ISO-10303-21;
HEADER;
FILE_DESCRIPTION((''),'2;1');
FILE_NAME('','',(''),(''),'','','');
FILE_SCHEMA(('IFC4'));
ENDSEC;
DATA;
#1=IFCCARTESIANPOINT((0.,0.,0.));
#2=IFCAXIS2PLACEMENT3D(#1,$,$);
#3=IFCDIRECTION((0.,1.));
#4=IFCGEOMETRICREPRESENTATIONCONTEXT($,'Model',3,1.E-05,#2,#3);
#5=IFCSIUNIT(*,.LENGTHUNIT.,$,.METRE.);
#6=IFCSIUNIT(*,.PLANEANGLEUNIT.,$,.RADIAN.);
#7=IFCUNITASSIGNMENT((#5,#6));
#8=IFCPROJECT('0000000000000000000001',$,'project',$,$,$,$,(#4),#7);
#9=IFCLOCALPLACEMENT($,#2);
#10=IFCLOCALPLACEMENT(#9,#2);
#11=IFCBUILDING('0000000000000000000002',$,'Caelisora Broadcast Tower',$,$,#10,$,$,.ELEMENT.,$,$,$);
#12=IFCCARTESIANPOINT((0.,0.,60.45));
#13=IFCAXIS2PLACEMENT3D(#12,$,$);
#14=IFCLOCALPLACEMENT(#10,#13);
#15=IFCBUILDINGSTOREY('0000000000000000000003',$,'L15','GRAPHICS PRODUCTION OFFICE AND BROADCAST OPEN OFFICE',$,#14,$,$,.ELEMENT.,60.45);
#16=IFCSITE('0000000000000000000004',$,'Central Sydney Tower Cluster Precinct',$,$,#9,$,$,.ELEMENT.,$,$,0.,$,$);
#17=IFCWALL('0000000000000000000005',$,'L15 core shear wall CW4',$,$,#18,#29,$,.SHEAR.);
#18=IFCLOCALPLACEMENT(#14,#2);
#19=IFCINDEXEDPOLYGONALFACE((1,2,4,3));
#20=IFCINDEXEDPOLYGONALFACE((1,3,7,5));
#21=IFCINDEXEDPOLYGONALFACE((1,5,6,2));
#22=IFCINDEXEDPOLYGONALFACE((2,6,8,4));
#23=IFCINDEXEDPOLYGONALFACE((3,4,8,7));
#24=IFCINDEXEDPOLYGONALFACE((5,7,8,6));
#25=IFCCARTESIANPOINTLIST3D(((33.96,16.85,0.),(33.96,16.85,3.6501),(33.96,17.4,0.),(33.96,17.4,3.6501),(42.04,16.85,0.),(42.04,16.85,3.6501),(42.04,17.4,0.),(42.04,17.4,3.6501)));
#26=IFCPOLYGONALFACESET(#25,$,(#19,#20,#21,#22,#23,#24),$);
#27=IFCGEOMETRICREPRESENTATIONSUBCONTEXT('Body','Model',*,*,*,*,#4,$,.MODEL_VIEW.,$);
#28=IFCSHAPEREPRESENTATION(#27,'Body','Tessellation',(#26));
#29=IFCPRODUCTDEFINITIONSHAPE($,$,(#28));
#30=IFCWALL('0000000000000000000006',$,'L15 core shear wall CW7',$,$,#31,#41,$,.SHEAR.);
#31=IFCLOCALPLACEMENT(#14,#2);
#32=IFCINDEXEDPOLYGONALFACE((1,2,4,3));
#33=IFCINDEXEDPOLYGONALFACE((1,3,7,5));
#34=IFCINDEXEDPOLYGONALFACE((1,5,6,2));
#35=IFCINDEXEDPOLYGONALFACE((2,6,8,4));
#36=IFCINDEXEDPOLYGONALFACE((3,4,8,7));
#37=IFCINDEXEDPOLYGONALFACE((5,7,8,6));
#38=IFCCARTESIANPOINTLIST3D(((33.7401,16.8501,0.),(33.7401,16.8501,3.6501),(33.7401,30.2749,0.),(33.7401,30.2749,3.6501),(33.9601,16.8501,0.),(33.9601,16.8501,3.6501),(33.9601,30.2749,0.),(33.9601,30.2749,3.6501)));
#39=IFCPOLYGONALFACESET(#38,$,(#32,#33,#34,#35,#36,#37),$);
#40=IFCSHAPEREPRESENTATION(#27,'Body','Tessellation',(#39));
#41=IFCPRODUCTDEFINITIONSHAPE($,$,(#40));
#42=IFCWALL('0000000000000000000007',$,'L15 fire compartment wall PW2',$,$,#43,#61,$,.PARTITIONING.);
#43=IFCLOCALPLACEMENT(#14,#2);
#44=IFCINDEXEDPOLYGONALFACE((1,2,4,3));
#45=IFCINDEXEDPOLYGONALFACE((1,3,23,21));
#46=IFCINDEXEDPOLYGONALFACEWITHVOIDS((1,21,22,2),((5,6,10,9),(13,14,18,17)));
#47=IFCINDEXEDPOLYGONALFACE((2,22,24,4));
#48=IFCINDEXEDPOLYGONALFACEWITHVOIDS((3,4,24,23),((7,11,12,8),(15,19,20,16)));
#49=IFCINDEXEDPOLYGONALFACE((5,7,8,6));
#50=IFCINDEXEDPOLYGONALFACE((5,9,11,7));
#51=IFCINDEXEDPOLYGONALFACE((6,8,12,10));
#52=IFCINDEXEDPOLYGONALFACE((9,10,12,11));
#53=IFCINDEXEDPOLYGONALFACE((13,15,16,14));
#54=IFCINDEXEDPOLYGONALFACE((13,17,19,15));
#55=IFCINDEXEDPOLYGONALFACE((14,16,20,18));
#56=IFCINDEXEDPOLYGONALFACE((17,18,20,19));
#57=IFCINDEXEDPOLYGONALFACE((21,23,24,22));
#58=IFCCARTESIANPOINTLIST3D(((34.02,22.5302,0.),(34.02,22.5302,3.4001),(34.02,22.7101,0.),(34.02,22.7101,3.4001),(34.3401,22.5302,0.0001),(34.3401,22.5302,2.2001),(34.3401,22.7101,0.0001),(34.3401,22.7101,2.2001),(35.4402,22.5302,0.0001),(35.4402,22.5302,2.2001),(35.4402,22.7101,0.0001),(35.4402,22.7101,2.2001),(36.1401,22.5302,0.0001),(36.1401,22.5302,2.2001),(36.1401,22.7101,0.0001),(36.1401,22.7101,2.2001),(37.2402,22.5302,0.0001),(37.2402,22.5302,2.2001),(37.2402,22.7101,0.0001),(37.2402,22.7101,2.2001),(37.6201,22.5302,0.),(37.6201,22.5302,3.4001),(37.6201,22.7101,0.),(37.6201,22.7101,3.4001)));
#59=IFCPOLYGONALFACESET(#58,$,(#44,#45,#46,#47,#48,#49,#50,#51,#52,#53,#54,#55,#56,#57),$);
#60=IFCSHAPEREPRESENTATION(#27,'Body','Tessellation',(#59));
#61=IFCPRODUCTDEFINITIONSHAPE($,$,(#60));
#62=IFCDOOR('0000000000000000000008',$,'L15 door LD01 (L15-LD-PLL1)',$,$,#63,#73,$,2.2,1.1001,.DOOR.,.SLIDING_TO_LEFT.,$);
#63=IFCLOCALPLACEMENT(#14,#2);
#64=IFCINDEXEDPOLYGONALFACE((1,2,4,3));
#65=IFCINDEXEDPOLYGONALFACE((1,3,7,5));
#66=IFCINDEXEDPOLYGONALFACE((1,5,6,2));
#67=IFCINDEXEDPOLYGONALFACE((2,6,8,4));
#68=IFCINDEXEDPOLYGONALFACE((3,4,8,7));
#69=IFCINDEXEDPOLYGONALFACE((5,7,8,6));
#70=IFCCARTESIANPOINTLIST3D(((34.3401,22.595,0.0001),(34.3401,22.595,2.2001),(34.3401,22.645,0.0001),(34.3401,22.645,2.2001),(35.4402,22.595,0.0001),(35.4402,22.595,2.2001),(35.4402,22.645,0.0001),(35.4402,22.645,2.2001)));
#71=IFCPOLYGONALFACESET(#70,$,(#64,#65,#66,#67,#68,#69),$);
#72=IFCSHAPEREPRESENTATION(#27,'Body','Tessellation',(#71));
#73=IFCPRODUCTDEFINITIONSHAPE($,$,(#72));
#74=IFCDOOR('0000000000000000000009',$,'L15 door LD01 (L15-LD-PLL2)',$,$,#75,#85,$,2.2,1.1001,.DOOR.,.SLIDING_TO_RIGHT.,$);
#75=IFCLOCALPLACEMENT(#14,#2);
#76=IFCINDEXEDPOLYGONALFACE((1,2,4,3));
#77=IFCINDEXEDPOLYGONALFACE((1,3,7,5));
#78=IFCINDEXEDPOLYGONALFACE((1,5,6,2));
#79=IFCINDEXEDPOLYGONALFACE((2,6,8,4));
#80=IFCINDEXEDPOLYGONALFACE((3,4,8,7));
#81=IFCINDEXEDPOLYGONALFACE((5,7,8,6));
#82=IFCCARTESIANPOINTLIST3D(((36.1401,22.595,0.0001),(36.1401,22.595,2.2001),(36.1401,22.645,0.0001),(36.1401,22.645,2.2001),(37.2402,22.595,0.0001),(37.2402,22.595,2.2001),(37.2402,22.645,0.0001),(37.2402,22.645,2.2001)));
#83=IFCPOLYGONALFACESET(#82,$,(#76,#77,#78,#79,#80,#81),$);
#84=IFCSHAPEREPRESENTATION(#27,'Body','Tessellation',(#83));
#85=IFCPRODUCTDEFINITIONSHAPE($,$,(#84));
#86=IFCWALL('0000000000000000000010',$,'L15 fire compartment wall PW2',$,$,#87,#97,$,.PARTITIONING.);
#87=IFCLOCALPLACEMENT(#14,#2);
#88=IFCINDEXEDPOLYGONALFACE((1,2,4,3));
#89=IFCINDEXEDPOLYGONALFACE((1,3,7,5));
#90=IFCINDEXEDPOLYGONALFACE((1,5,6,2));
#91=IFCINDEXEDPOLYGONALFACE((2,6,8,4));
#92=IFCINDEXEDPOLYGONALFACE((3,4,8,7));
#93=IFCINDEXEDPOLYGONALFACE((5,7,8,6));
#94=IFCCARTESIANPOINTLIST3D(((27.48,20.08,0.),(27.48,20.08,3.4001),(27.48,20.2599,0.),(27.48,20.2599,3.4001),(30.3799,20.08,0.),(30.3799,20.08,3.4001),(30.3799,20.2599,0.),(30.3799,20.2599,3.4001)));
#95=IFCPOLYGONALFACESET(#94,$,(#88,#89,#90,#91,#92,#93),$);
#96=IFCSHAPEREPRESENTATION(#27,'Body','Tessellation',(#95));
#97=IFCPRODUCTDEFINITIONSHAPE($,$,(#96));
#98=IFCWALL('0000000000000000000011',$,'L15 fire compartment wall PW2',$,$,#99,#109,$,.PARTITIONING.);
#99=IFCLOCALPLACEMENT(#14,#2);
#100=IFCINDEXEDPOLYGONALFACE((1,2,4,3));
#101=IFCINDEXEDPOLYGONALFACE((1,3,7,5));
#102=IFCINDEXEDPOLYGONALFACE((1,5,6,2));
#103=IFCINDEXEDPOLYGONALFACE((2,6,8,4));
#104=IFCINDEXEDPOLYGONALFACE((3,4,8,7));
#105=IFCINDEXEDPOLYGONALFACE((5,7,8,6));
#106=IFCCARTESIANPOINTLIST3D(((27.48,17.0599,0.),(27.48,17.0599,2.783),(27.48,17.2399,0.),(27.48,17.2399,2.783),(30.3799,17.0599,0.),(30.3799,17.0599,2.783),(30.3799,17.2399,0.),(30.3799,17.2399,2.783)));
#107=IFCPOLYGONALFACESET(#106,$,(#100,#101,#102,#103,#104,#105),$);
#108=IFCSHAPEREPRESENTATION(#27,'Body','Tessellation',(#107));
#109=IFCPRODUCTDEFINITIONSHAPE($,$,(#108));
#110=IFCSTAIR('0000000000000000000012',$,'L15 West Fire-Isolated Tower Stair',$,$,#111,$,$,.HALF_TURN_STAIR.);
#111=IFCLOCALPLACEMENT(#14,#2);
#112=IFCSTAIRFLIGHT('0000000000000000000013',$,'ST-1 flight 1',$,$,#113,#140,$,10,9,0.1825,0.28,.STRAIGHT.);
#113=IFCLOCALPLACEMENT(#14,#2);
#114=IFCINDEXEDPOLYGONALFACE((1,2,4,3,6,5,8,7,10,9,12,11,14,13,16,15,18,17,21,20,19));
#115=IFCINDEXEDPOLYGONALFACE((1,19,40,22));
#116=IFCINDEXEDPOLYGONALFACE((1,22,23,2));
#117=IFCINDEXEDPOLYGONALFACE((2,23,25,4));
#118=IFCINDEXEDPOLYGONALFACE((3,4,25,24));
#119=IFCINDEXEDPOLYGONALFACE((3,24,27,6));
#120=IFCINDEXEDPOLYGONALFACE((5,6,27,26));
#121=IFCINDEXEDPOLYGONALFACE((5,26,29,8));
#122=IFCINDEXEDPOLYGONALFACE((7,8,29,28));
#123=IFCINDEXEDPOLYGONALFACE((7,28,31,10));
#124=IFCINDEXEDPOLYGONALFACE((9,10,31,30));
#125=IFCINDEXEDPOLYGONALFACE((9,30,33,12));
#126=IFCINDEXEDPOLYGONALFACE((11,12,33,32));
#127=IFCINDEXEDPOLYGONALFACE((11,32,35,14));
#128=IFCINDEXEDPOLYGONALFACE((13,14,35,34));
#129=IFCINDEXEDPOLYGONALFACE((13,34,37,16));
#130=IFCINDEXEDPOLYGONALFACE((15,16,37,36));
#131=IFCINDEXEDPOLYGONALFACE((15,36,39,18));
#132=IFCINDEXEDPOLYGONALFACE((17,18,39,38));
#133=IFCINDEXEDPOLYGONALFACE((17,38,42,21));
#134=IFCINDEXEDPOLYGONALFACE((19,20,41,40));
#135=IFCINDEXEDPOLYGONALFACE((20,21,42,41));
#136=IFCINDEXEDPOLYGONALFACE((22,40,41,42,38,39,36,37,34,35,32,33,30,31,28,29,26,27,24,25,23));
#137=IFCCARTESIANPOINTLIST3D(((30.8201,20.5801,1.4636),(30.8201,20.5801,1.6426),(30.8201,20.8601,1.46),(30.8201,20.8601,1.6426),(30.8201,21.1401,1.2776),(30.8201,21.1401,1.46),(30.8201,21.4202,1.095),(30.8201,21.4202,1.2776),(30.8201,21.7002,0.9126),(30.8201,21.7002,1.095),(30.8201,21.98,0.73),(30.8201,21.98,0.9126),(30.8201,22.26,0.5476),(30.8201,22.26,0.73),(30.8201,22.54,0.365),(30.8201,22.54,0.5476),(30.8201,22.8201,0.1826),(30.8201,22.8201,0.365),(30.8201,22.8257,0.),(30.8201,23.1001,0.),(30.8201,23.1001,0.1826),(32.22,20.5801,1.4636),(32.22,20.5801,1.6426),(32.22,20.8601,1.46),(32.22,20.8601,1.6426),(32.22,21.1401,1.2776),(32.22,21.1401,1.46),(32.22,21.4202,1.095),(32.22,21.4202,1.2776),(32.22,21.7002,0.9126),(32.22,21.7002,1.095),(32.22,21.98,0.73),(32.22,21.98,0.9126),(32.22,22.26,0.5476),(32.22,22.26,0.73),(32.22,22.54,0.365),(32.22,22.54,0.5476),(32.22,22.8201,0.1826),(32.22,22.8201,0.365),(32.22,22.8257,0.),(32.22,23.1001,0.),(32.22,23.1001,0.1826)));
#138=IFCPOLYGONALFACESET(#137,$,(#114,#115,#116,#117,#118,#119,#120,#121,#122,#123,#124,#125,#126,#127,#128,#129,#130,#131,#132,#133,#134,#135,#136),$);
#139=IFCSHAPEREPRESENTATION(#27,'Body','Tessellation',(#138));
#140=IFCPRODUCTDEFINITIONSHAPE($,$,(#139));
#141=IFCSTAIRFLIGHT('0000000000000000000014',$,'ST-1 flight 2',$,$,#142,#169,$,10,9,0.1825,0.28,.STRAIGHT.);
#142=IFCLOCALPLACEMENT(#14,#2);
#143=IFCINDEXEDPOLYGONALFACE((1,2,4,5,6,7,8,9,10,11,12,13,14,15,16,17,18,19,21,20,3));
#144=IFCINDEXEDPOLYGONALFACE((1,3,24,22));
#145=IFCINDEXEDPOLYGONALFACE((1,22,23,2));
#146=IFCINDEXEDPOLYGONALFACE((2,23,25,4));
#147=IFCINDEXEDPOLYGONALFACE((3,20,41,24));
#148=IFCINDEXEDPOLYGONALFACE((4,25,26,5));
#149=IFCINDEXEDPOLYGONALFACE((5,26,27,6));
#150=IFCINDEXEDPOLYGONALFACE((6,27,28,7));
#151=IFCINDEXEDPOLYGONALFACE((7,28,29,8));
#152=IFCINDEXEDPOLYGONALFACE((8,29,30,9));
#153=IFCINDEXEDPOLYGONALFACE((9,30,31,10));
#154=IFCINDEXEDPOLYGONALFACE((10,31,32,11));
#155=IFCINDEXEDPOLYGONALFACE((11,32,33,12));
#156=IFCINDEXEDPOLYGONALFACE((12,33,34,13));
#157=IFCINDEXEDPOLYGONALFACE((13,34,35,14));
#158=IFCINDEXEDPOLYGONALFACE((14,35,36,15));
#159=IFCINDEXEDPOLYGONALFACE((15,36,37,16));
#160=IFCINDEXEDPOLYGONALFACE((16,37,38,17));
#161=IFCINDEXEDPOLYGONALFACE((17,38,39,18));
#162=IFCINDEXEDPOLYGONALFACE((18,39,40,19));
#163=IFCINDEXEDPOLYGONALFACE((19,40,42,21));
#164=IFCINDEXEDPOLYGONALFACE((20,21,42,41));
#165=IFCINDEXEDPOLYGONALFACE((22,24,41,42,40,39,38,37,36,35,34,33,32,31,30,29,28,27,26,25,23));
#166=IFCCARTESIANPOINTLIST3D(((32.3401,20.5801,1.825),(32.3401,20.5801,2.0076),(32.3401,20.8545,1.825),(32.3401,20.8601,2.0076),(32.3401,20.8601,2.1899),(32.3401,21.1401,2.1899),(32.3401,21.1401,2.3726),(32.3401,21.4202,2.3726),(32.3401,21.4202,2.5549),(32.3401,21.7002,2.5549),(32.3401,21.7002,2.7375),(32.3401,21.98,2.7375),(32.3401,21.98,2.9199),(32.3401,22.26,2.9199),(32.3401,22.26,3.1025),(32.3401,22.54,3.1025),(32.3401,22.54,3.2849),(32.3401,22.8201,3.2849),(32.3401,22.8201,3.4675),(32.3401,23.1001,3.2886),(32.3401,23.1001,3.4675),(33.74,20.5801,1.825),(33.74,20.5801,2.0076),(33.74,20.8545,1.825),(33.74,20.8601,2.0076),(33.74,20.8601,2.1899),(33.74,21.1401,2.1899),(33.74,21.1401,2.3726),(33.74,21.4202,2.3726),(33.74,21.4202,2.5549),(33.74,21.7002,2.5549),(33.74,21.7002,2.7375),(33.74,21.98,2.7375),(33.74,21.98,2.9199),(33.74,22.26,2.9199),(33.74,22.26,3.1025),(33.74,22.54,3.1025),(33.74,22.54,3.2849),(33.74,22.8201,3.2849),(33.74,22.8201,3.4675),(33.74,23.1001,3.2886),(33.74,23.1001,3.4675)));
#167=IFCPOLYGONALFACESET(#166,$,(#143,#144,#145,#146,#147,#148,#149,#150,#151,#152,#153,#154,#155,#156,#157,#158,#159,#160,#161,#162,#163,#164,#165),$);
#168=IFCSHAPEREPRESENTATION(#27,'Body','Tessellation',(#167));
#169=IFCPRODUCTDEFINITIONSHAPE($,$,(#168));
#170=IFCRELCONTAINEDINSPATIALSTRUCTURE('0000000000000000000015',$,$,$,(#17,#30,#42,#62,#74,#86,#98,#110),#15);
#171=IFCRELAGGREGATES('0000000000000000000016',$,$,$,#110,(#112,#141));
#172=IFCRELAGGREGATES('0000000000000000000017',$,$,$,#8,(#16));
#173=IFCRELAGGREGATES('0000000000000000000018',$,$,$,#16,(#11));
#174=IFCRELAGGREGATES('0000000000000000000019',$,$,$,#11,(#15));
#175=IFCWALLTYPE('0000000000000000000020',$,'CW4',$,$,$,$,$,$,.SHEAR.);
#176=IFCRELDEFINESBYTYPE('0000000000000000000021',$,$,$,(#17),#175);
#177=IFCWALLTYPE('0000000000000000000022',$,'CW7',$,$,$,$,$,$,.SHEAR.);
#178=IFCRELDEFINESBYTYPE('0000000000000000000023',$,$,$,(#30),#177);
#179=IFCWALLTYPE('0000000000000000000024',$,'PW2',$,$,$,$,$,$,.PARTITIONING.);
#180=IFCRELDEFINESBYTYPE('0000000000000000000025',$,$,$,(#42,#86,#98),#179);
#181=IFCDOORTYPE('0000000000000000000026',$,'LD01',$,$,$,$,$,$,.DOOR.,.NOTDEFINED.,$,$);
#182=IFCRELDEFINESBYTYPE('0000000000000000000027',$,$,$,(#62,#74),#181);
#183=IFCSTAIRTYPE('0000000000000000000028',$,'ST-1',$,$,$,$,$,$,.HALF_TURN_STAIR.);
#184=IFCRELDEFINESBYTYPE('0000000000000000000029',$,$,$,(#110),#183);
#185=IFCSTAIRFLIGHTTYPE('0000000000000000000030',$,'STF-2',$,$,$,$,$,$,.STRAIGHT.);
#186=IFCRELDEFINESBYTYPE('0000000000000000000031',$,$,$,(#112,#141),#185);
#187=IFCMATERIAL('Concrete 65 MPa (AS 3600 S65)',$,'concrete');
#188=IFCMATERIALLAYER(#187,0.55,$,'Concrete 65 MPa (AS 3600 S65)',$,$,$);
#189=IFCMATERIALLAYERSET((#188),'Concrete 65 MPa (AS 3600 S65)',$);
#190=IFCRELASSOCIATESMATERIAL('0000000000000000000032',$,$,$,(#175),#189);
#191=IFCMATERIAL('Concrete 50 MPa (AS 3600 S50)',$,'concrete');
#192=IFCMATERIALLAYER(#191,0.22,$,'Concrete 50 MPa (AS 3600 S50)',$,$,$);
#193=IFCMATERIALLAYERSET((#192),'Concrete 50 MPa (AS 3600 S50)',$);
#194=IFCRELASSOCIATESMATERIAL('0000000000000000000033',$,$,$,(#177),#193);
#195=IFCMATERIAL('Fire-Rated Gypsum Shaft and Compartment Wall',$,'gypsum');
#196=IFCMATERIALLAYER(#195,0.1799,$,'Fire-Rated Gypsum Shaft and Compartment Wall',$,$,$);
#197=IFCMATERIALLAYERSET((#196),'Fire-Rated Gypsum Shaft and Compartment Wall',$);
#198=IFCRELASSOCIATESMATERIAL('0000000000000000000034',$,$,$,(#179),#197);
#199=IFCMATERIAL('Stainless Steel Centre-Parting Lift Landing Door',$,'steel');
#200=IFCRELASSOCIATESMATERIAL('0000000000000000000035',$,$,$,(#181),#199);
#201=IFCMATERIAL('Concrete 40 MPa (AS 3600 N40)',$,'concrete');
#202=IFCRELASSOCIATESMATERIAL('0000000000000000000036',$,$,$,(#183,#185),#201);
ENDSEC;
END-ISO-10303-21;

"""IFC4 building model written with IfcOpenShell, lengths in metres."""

from ifc_helpers import new_model, si_unit, direction, frame, frame_2d, origin, place, context, subcontext, project, spatial, polyline, rectangle, outline, extrude, material, layer, layer_set, type_object, element, fill, aggregate, save


model = new_model("IFC4")

# Units and contexts
model_context = context("Model", 3, precision=1e-05, world=origin(), true_north=direction((0.0, 1.0)))
body_context = subcontext(model_context, "Body", "Model", "MODEL_VIEW")
ifc_project = project(units=[si_unit("LENGTHUNIT", "METRE"), si_unit("PLANEANGLEUNIT", "RADIAN")], contexts=[model_context])

# Site, building, storey
site_placement = place(None, origin())
site = spatial("IfcSite", under=ifc_project, at=site_placement, Name="Central Sydney Tower Cluster Precinct", CompositionType="ELEMENT", RefElevation=0.0)
building_placement = place(site_placement, origin())
building = spatial("IfcBuilding", under=site, at=building_placement, Name="Caelisora Broadcast Tower", CompositionType="ELEMENT")
storey_placement = place(building_placement, frame((0.0, 0.0, 60.45)))
storey = spatial("IfcBuildingStorey", under=building, at=storey_placement, Name="L15", Description="GRAPHICS PRODUCTION OFFICE AND BROADCAST OPEN OFFICE", CompositionType="ELEMENT", Elevation=60.45)

# Shared definitions
ifc_material_1 = material(Name="Concrete 65 MPa (AS 3600 S65)", Category="concrete")

# Walls
ifc_layer_1 = layer(ifc_material_1, 0.55, Name="Concrete 65 MPa (AS 3600 S65)")
ifc_layer_set_1 = layer_set([ifc_layer_1], Name="Concrete 65 MPa (AS 3600 S65)")
wall_type_1 = type_object("IfcWallType", Name="CW4", PredefinedType="SHEAR", material=ifc_layer_set_1)
wall_1_placement = place(storey_placement, frame((33.96, 17.125, 0.0), z_axis=(0.0, 0.0, 1.0), x_axis=(1.0, 0.0, 0.0)))
element("IfcWall", 1, at=wall_1_placement, inside=storey, type_object=wall_type_1, Name="L15 core shear wall CW4", PredefinedType="SHEAR", context=body_context, shape_type="SweptSolid", body=[
    extrude(rectangle(XDim=8.0801, YDim=0.55, at=frame_2d((4.04, 0.0))), origin(), (0.0, 0.0, 1.0), 3.6501),
])
ifc_material_2 = material(Name="Concrete 50 MPa (AS 3600 S50)", Category="concrete")
ifc_layer_2 = layer(ifc_material_2, 0.22, Name="Concrete 50 MPa (AS 3600 S50)")
ifc_layer_set_2 = layer_set([ifc_layer_2], Name="Concrete 50 MPa (AS 3600 S50)")
wall_type_2 = type_object("IfcWallType", Name="CW7", PredefinedType="SHEAR", material=ifc_layer_set_2)
wall_2_placement = place(storey_placement, frame((33.8501, 16.8501, 0.0), z_axis=(0.0, 0.0, 1.0), x_axis=(0.0, 1.0, 0.0)))
element("IfcWall", 2, at=wall_2_placement, inside=storey, type_object=wall_type_2, Name="L15 core shear wall CW7", PredefinedType="SHEAR", context=body_context, shape_type="SweptSolid", body=[
    extrude(rectangle(XDim=13.4248, YDim=0.22, at=frame_2d((6.7124, 0.0))), origin(), (0.0, 0.0, 1.0), 3.6501),
])

# Wall, openings, doors
ifc_material_3 = material(Name="Fire-Rated Gypsum Shaft and Compartment Wall", Category="gypsum")
ifc_layer_3 = layer(ifc_material_3, 0.1799, Name="Fire-Rated Gypsum Shaft and Compartment Wall")
ifc_layer_set_3 = layer_set([ifc_layer_3], Name="Fire-Rated Gypsum Shaft and Compartment Wall")
wall_type_3 = type_object("IfcWallType", Name="PW2", PredefinedType="PARTITIONING", material=ifc_layer_set_3)
wall_3_placement = place(storey_placement, frame((34.02, 22.6201, 0.0), z_axis=(0.0, 0.0, 1.0), x_axis=(1.0, 0.0, 0.0)))
wall_3 = element("IfcWall", 3, at=wall_3_placement, inside=storey, type_object=wall_type_3, Name="L15 fire compartment wall PW2", PredefinedType="PARTITIONING", context=body_context, shape_type="SweptSolid", body=[
    extrude(rectangle(XDim=3.6001, YDim=0.1799, at=frame_2d((1.8, 0.0))), origin(), (0.0, 0.0, 1.0), 3.4001),
])
opening_1_placement = place(wall_3_placement, frame((0.3201, 0.0, 0.0)))
opening_1 = element("IfcOpeningElement", 4, at=opening_1_placement, cuts=wall_3, PredefinedType="OPENING", context=body_context, shape_type="SweptSolid", body=[
    extrude(rectangle(XDim=1.1001, YDim=2.2, at=frame_2d((0.55, 1.1001))), frame((0.0, 0.1021, 0.0), z_axis=(0.0, -1.0, 0.0), x_axis=(1.0, 0.0, 0.0)), (0.0, 0.0, 1.0), 0.2039),
])
opening_2_placement = place(wall_3_placement, frame((2.1201, 0.0, 0.0)))
opening_2 = element("IfcOpeningElement", 5, at=opening_2_placement, cuts=wall_3, PredefinedType="OPENING", context=body_context, shape_type="SweptSolid", body=[
    extrude(rectangle(XDim=1.1001, YDim=2.2, at=frame_2d((0.55, 1.1001))), frame((0.0, 0.1021, 0.0), z_axis=(0.0, -1.0, 0.0), x_axis=(1.0, 0.0, 0.0)), (0.0, 0.0, 1.0), 0.2039),
])
ifc_material_4 = material(Name="Stainless Steel Centre-Parting Lift Landing Door", Category="steel")
door_type_1 = type_object("IfcDoorType", Name="LD01", OperationType="NOTDEFINED", PredefinedType="DOOR", material=ifc_material_4)
door_1_placement = place(opening_1_placement, origin())
door_1 = element("IfcDoor", 6, at=door_1_placement, inside=storey, type_object=door_type_1, Name="L15 door LD01 (L15-LD-PLL1)", OperationType="SLIDING_TO_LEFT", OverallHeight=2.2, OverallWidth=1.1001, PredefinedType="DOOR", context=body_context, shape_type="SweptSolid", body=[
    extrude(rectangle(XDim=1.1001, YDim=2.2, at=frame_2d((0.55, 1.1001))), frame((0.0, 0.0249, 0.0), z_axis=(0.0, -1.0, 0.0), x_axis=(1.0, 0.0, 0.0)), (0.0, 0.0, 1.0), 0.05),
])
fill(opening_1, door_1)
door_2_placement = place(opening_2_placement, origin())
door_2 = element("IfcDoor", 7, at=door_2_placement, inside=storey, type_object=door_type_1, Name="L15 door LD01 (L15-LD-PLL2)", OperationType="SLIDING_TO_RIGHT", OverallHeight=2.2, OverallWidth=1.1001, PredefinedType="DOOR", context=body_context, shape_type="SweptSolid", body=[
    extrude(rectangle(XDim=1.1001, YDim=2.2, at=frame_2d((0.55, 1.1001))), frame((0.0, 0.0249, 0.0), z_axis=(0.0, -1.0, 0.0), x_axis=(1.0, 0.0, 0.0)), (0.0, 0.0, 1.0), 0.05),
])
fill(opening_2, door_2)

# Wall
wall_4_placement = place(storey_placement, frame((27.48, 20.1699, 0.0), z_axis=(0.0, 0.0, 1.0), x_axis=(1.0, 0.0, 0.0)))
element("IfcWall", 8, at=wall_4_placement, inside=storey, type_object=wall_type_3, Name="L15 fire compartment wall PW2", PredefinedType="PARTITIONING", context=body_context, shape_type="SweptSolid", body=[
    extrude(rectangle(XDim=2.8999, YDim=0.1799, at=frame_2d((1.45, 0.0))), origin(), (0.0, 0.0, 1.0), 3.4001),
])

# Wall
wall_5_placement = place(storey_placement, frame((27.48, 17.1499, 0.0), z_axis=(0.0, 0.0, 1.0), x_axis=(1.0, 0.0, 0.0)))
element("IfcWall", 9, at=wall_5_placement, inside=storey, type_object=wall_type_3, Name="L15 fire compartment wall PW2", PredefinedType="PARTITIONING", context=body_context, shape_type="SweptSolid", body=[
    extrude(rectangle(XDim=2.8999, YDim=0.1799, at=frame_2d((1.45, 0.0))), origin(), (0.0, 0.0, 1.0), 2.783),
])

# Stair, stair flights
ifc_material_5 = material(Name="Concrete 40 MPa (AS 3600 N40)", Category="concrete")
stair_type = type_object("IfcStairType", Name="ST-1", PredefinedType="HALF_TURN_STAIR", material=ifc_material_5)
stair_placement = place(storey_placement, origin())
stair = element("IfcStair", 10, at=stair_placement, inside=storey, type_object=stair_type, Name="L15 West Fire-Isolated Tower Stair", PredefinedType="HALF_TURN_STAIR")
stair_flight_type = type_object("IfcStairFlightType", Name="STF-2", PredefinedType="STRAIGHT", material=ifc_material_5)
stair_flight_1_placement = place(storey_placement, frame((31.52, 23.1001, 0.0), z_axis=(0.0, 0.0, 1.0), x_axis=(0.0, -1.0, 0.0)))
stair_flight_1 = element("IfcStairFlight", 11, at=stair_flight_1_placement, type_object=stair_flight_type, Name="ST-1 flight 1", NumberOfRisers=10, NumberOfTreads=9, PredefinedType="STRAIGHT", RiserHeight=0.1825, TreadLength=0.28, context=body_context, shape_type="SweptSolid", body=[
    extrude(outline(polyline([(0.0, 0.0), (0.0, 0.1826), (0.28, 0.1826), (0.28, 0.365), (0.5601, 0.365), (0.5601, 0.5476), (0.8401, 0.5476), (0.8401, 0.73), (1.1201, 0.73), (1.1201, 0.9126), (1.3999, 0.9126), (1.3999, 1.095), (1.6799, 1.095), (1.6799, 1.2776), (1.96, 1.2776), (1.96, 1.46), (2.24, 1.46), (2.24, 1.6426), (2.52, 1.6426), (2.52, 1.825), (2.52, 1.4636), (0.2744, 0.0), (0.0, 0.0)])), frame((0.0, 0.7, 0.0), z_axis=(0.0, -1.0, 0.0), x_axis=(1.0, 0.0, 0.0)), (0.0, 0.0, 1.0), 1.3999),
])
stair_flight_2_placement = place(storey_placement, frame((33.04, 20.5801, 1.825), z_axis=(0.0, 0.0, 1.0), x_axis=(0.0, 1.0, 0.0)))
stair_flight_2 = element("IfcStairFlight", 12, at=stair_flight_2_placement, type_object=stair_flight_type, Name="ST-1 flight 2", NumberOfRisers=10, NumberOfTreads=9, PredefinedType="STRAIGHT", RiserHeight=0.1825, TreadLength=0.28, context=body_context, shape_type="SweptSolid", body=[
    extrude(outline(polyline([(0.0, 0.0), (0.0, 0.1826), (0.28, 0.1826), (0.28, 0.365), (0.5601, 0.365), (0.5601, 0.5476), (0.8401, 0.5476), (0.8401, 0.73), (1.1201, 0.73), (1.1201, 0.9126), (1.3999, 0.9126), (1.3999, 1.095), (1.6799, 1.095), (1.6799, 1.2776), (1.96, 1.2776), (1.96, 1.46), (2.24, 1.46), (2.24, 1.6426), (2.52, 1.6426), (2.52, 1.825), (2.52, 1.4636), (0.2744, 0.0), (0.0, 0.0)])), frame((0.0, 0.7, 0.0), z_axis=(0.0, -1.0, 0.0), x_axis=(1.0, 0.0, 0.0)), (0.0, 0.0, 1.0), 1.3999),
])
aggregate(stair, [stair_flight_1, stair_flight_2])

save(model, "model.ifc")
